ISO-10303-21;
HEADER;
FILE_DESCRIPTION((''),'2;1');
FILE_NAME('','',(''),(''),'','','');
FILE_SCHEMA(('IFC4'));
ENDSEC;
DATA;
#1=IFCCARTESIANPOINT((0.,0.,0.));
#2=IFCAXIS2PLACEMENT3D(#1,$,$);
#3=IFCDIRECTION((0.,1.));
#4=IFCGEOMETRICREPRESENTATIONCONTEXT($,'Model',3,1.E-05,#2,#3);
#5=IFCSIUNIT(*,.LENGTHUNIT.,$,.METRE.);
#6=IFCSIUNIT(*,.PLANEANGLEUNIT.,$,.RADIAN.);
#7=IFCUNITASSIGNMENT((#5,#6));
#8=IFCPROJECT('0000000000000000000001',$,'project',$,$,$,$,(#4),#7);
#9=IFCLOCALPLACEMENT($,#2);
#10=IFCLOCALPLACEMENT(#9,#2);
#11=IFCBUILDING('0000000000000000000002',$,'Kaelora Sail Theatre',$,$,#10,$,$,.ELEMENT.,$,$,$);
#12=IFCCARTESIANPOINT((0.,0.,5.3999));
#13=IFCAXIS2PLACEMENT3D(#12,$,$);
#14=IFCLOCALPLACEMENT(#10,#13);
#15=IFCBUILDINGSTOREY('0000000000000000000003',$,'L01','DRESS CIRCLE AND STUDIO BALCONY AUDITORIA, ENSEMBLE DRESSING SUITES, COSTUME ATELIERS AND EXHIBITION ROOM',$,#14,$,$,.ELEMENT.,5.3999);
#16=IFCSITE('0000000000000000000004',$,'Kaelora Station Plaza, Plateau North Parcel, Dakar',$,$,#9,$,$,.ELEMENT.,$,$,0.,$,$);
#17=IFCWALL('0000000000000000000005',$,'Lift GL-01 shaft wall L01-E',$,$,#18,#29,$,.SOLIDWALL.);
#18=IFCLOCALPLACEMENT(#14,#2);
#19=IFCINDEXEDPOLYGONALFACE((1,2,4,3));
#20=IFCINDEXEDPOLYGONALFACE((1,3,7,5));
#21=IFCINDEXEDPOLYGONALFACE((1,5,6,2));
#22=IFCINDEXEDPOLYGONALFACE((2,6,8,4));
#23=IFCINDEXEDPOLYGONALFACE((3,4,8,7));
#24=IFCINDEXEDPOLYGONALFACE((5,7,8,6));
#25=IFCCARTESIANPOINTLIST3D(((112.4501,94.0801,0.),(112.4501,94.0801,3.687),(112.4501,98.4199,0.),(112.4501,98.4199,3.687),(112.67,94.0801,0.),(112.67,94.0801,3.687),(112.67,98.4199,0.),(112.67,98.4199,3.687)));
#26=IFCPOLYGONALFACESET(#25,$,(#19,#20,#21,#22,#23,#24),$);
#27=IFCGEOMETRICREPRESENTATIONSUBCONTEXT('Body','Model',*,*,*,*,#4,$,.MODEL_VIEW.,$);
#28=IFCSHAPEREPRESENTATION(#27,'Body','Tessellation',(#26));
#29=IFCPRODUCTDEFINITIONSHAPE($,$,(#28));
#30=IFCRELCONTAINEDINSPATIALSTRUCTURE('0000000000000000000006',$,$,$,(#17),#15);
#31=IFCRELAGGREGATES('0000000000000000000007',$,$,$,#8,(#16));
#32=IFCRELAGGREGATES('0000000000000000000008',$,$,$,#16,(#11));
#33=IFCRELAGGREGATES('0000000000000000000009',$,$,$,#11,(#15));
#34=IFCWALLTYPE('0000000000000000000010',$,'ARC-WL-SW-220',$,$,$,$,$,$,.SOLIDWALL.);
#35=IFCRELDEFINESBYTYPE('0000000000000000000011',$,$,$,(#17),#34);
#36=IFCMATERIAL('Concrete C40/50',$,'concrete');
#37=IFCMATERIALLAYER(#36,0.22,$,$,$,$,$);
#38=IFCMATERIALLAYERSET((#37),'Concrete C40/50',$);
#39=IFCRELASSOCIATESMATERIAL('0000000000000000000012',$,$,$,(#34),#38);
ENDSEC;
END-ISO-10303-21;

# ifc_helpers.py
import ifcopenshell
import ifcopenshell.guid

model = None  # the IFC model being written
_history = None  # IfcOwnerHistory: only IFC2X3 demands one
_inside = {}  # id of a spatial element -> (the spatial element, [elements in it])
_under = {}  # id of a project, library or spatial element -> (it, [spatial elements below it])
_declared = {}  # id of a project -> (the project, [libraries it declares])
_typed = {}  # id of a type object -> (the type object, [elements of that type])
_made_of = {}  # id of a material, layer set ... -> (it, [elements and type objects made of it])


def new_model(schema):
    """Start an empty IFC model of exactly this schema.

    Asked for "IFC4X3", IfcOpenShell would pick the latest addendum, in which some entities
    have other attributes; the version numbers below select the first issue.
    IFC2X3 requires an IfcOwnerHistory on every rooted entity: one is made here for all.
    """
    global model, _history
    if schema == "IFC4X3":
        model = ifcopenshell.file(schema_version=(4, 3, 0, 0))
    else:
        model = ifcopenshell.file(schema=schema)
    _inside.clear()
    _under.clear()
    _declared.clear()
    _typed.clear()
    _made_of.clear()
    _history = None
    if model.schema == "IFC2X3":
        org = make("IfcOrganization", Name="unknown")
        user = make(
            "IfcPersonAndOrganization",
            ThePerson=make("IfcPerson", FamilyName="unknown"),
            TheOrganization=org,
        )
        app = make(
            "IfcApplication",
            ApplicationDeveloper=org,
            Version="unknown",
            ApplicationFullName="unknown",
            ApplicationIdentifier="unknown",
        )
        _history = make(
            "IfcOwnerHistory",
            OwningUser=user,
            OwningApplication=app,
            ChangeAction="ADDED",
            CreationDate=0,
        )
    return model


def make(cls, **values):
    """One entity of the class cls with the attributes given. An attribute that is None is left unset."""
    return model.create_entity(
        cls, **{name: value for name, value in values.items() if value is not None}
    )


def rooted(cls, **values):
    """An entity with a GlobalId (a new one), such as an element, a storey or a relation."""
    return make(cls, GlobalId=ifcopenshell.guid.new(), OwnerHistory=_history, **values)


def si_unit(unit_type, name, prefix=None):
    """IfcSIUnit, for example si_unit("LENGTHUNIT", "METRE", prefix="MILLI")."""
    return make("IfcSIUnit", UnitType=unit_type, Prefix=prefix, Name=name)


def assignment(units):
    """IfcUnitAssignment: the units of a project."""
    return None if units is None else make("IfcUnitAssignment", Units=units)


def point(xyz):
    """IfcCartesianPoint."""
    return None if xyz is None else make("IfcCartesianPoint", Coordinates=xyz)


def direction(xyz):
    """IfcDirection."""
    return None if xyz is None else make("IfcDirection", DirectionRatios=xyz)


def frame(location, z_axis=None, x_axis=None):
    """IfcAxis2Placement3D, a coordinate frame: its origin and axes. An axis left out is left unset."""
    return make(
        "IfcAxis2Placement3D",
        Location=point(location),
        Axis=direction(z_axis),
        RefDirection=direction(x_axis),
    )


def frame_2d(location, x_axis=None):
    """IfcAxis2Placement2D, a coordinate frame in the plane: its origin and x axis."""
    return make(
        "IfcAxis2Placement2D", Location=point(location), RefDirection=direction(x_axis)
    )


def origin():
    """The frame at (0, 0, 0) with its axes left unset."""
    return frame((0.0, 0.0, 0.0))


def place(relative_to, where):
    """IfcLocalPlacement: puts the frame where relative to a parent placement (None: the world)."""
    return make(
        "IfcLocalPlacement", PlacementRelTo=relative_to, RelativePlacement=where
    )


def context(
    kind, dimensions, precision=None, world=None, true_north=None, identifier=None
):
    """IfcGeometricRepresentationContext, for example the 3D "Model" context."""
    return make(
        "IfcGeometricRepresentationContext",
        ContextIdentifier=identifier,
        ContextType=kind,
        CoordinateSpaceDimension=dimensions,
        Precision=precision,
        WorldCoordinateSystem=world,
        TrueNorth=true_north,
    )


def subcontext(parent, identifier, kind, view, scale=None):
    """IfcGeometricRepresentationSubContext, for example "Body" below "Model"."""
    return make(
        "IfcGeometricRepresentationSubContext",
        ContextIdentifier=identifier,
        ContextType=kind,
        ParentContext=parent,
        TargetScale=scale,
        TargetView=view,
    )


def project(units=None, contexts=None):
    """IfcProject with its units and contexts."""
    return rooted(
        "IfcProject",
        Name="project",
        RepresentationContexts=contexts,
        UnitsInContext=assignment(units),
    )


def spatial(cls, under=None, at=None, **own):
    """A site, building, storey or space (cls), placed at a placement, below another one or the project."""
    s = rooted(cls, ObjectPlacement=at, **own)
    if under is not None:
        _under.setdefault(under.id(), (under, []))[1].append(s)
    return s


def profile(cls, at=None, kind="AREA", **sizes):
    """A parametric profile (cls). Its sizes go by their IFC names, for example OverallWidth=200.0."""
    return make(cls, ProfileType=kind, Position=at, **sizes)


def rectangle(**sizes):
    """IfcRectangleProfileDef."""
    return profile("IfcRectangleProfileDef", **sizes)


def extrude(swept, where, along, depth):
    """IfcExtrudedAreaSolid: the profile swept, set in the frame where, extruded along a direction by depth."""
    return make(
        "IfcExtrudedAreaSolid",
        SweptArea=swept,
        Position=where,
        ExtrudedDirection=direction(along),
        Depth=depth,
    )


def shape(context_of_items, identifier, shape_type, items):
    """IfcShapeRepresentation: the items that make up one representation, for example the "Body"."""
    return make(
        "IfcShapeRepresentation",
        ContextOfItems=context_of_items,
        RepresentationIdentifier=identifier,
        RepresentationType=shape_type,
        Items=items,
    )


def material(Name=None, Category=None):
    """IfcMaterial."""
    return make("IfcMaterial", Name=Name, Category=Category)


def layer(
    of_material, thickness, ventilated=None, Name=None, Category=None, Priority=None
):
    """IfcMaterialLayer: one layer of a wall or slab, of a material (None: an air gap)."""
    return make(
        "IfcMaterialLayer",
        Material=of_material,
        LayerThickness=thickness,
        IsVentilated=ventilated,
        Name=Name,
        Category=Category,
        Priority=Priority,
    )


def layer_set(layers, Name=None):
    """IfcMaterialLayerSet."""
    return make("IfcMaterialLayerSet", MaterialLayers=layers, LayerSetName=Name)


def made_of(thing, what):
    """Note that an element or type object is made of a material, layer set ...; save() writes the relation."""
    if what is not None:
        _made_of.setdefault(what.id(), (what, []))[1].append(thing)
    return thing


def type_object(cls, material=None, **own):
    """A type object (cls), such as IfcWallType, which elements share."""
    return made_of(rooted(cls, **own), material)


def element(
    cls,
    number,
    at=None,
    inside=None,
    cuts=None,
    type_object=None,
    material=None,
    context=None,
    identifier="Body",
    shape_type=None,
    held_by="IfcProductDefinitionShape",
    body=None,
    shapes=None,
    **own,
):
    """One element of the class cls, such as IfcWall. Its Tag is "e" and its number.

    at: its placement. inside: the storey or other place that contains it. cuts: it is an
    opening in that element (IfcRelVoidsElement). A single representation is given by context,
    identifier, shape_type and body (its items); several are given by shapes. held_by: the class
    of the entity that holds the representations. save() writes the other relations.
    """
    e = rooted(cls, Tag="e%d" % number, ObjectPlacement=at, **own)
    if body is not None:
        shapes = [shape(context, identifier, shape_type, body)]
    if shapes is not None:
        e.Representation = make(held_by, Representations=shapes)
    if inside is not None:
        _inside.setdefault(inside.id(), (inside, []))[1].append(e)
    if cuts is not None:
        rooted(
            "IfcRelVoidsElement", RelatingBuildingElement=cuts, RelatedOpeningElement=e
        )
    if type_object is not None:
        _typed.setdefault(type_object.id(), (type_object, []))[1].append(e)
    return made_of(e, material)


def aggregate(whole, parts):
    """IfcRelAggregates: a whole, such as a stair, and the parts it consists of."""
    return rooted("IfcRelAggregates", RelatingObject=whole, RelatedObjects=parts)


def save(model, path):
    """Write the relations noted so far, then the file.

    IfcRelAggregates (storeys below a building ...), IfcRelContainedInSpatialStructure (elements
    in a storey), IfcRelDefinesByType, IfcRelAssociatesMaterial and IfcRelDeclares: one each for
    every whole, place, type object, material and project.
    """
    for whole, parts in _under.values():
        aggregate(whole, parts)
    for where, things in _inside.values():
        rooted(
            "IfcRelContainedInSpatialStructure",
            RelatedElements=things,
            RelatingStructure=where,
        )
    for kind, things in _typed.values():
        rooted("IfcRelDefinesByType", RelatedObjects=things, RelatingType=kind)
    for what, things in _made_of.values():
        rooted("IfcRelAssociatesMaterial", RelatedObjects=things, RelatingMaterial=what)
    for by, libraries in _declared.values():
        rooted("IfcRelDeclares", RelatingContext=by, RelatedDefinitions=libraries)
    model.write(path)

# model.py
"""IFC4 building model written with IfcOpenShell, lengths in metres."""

from ifc_helpers import new_model, si_unit, direction, frame, frame_2d, origin, place, context, subcontext, project, spatial, rectangle, extrude, material, layer, layer_set, type_object, element, save


model = new_model("IFC4")

# Units and contexts
model_context = context("Model", 3, precision=1e-05, world=origin(), true_north=direction((0.0, 1.0)))
body_context = subcontext(model_context, "Body", "Model", "MODEL_VIEW")
ifc_project = project(units=[si_unit("LENGTHUNIT", "METRE"), si_unit("PLANEANGLEUNIT", "RADIAN")], contexts=[model_context])

# Site, building, storey
site_placement = place(None, origin())
site = spatial("IfcSite", under=ifc_project, at=site_placement, Name="Kaelora Station Plaza, Plateau North Parcel, Dakar", CompositionType="ELEMENT", RefElevation=0.0)
building_placement = place(site_placement, origin())
building = spatial("IfcBuilding", under=site, at=building_placement, Name="Kaelora Sail Theatre", CompositionType="ELEMENT")
storey_placement = place(building_placement, frame((0.0, 0.0, 5.3999)))
storey = spatial("IfcBuildingStorey", under=building, at=storey_placement, Name="L01", Description="DRESS CIRCLE AND STUDIO BALCONY AUDITORIA, ENSEMBLE DRESSING SUITES, COSTUME ATELIERS AND EXHIBITION ROOM", CompositionType="ELEMENT", Elevation=5.3999)

# Shared definitions
ifc_material_1 = material(Name="Concrete C40/50", Category="concrete")
ifc_layer_1 = layer(ifc_material_1, 0.22)
ifc_layer_set_1 = layer_set([ifc_layer_1], Name="Concrete C40/50")
wall_type_1 = type_object("IfcWallType", Name="ARC-WL-SW-220", PredefinedType="SOLIDWALL", material=ifc_layer_set_1)

# Wall
for number, where, z_axis, x_axis, name in (
    (1, (112.5601, 94.0801, 0.0), (0.0, 0.0, 1.0), (0.0, 1.0, 0.0), "Lift GL-01 shaft wall L01-E"),
):
    element("IfcWall", number, at=place(storey_placement, frame(where, z_axis=z_axis, x_axis=x_axis)), inside=storey, type_object=wall_type_1, Name=name, PredefinedType="SOLIDWALL", context=body_context, shape_type="SweptSolid", body=[
        extrude(rectangle(XDim=4.3398, YDim=0.22, at=frame_2d((2.1699, 0.0))), origin(), (0.0, 0.0, 1.0), 3.687),
    ])

save(model, "model.ifc")
